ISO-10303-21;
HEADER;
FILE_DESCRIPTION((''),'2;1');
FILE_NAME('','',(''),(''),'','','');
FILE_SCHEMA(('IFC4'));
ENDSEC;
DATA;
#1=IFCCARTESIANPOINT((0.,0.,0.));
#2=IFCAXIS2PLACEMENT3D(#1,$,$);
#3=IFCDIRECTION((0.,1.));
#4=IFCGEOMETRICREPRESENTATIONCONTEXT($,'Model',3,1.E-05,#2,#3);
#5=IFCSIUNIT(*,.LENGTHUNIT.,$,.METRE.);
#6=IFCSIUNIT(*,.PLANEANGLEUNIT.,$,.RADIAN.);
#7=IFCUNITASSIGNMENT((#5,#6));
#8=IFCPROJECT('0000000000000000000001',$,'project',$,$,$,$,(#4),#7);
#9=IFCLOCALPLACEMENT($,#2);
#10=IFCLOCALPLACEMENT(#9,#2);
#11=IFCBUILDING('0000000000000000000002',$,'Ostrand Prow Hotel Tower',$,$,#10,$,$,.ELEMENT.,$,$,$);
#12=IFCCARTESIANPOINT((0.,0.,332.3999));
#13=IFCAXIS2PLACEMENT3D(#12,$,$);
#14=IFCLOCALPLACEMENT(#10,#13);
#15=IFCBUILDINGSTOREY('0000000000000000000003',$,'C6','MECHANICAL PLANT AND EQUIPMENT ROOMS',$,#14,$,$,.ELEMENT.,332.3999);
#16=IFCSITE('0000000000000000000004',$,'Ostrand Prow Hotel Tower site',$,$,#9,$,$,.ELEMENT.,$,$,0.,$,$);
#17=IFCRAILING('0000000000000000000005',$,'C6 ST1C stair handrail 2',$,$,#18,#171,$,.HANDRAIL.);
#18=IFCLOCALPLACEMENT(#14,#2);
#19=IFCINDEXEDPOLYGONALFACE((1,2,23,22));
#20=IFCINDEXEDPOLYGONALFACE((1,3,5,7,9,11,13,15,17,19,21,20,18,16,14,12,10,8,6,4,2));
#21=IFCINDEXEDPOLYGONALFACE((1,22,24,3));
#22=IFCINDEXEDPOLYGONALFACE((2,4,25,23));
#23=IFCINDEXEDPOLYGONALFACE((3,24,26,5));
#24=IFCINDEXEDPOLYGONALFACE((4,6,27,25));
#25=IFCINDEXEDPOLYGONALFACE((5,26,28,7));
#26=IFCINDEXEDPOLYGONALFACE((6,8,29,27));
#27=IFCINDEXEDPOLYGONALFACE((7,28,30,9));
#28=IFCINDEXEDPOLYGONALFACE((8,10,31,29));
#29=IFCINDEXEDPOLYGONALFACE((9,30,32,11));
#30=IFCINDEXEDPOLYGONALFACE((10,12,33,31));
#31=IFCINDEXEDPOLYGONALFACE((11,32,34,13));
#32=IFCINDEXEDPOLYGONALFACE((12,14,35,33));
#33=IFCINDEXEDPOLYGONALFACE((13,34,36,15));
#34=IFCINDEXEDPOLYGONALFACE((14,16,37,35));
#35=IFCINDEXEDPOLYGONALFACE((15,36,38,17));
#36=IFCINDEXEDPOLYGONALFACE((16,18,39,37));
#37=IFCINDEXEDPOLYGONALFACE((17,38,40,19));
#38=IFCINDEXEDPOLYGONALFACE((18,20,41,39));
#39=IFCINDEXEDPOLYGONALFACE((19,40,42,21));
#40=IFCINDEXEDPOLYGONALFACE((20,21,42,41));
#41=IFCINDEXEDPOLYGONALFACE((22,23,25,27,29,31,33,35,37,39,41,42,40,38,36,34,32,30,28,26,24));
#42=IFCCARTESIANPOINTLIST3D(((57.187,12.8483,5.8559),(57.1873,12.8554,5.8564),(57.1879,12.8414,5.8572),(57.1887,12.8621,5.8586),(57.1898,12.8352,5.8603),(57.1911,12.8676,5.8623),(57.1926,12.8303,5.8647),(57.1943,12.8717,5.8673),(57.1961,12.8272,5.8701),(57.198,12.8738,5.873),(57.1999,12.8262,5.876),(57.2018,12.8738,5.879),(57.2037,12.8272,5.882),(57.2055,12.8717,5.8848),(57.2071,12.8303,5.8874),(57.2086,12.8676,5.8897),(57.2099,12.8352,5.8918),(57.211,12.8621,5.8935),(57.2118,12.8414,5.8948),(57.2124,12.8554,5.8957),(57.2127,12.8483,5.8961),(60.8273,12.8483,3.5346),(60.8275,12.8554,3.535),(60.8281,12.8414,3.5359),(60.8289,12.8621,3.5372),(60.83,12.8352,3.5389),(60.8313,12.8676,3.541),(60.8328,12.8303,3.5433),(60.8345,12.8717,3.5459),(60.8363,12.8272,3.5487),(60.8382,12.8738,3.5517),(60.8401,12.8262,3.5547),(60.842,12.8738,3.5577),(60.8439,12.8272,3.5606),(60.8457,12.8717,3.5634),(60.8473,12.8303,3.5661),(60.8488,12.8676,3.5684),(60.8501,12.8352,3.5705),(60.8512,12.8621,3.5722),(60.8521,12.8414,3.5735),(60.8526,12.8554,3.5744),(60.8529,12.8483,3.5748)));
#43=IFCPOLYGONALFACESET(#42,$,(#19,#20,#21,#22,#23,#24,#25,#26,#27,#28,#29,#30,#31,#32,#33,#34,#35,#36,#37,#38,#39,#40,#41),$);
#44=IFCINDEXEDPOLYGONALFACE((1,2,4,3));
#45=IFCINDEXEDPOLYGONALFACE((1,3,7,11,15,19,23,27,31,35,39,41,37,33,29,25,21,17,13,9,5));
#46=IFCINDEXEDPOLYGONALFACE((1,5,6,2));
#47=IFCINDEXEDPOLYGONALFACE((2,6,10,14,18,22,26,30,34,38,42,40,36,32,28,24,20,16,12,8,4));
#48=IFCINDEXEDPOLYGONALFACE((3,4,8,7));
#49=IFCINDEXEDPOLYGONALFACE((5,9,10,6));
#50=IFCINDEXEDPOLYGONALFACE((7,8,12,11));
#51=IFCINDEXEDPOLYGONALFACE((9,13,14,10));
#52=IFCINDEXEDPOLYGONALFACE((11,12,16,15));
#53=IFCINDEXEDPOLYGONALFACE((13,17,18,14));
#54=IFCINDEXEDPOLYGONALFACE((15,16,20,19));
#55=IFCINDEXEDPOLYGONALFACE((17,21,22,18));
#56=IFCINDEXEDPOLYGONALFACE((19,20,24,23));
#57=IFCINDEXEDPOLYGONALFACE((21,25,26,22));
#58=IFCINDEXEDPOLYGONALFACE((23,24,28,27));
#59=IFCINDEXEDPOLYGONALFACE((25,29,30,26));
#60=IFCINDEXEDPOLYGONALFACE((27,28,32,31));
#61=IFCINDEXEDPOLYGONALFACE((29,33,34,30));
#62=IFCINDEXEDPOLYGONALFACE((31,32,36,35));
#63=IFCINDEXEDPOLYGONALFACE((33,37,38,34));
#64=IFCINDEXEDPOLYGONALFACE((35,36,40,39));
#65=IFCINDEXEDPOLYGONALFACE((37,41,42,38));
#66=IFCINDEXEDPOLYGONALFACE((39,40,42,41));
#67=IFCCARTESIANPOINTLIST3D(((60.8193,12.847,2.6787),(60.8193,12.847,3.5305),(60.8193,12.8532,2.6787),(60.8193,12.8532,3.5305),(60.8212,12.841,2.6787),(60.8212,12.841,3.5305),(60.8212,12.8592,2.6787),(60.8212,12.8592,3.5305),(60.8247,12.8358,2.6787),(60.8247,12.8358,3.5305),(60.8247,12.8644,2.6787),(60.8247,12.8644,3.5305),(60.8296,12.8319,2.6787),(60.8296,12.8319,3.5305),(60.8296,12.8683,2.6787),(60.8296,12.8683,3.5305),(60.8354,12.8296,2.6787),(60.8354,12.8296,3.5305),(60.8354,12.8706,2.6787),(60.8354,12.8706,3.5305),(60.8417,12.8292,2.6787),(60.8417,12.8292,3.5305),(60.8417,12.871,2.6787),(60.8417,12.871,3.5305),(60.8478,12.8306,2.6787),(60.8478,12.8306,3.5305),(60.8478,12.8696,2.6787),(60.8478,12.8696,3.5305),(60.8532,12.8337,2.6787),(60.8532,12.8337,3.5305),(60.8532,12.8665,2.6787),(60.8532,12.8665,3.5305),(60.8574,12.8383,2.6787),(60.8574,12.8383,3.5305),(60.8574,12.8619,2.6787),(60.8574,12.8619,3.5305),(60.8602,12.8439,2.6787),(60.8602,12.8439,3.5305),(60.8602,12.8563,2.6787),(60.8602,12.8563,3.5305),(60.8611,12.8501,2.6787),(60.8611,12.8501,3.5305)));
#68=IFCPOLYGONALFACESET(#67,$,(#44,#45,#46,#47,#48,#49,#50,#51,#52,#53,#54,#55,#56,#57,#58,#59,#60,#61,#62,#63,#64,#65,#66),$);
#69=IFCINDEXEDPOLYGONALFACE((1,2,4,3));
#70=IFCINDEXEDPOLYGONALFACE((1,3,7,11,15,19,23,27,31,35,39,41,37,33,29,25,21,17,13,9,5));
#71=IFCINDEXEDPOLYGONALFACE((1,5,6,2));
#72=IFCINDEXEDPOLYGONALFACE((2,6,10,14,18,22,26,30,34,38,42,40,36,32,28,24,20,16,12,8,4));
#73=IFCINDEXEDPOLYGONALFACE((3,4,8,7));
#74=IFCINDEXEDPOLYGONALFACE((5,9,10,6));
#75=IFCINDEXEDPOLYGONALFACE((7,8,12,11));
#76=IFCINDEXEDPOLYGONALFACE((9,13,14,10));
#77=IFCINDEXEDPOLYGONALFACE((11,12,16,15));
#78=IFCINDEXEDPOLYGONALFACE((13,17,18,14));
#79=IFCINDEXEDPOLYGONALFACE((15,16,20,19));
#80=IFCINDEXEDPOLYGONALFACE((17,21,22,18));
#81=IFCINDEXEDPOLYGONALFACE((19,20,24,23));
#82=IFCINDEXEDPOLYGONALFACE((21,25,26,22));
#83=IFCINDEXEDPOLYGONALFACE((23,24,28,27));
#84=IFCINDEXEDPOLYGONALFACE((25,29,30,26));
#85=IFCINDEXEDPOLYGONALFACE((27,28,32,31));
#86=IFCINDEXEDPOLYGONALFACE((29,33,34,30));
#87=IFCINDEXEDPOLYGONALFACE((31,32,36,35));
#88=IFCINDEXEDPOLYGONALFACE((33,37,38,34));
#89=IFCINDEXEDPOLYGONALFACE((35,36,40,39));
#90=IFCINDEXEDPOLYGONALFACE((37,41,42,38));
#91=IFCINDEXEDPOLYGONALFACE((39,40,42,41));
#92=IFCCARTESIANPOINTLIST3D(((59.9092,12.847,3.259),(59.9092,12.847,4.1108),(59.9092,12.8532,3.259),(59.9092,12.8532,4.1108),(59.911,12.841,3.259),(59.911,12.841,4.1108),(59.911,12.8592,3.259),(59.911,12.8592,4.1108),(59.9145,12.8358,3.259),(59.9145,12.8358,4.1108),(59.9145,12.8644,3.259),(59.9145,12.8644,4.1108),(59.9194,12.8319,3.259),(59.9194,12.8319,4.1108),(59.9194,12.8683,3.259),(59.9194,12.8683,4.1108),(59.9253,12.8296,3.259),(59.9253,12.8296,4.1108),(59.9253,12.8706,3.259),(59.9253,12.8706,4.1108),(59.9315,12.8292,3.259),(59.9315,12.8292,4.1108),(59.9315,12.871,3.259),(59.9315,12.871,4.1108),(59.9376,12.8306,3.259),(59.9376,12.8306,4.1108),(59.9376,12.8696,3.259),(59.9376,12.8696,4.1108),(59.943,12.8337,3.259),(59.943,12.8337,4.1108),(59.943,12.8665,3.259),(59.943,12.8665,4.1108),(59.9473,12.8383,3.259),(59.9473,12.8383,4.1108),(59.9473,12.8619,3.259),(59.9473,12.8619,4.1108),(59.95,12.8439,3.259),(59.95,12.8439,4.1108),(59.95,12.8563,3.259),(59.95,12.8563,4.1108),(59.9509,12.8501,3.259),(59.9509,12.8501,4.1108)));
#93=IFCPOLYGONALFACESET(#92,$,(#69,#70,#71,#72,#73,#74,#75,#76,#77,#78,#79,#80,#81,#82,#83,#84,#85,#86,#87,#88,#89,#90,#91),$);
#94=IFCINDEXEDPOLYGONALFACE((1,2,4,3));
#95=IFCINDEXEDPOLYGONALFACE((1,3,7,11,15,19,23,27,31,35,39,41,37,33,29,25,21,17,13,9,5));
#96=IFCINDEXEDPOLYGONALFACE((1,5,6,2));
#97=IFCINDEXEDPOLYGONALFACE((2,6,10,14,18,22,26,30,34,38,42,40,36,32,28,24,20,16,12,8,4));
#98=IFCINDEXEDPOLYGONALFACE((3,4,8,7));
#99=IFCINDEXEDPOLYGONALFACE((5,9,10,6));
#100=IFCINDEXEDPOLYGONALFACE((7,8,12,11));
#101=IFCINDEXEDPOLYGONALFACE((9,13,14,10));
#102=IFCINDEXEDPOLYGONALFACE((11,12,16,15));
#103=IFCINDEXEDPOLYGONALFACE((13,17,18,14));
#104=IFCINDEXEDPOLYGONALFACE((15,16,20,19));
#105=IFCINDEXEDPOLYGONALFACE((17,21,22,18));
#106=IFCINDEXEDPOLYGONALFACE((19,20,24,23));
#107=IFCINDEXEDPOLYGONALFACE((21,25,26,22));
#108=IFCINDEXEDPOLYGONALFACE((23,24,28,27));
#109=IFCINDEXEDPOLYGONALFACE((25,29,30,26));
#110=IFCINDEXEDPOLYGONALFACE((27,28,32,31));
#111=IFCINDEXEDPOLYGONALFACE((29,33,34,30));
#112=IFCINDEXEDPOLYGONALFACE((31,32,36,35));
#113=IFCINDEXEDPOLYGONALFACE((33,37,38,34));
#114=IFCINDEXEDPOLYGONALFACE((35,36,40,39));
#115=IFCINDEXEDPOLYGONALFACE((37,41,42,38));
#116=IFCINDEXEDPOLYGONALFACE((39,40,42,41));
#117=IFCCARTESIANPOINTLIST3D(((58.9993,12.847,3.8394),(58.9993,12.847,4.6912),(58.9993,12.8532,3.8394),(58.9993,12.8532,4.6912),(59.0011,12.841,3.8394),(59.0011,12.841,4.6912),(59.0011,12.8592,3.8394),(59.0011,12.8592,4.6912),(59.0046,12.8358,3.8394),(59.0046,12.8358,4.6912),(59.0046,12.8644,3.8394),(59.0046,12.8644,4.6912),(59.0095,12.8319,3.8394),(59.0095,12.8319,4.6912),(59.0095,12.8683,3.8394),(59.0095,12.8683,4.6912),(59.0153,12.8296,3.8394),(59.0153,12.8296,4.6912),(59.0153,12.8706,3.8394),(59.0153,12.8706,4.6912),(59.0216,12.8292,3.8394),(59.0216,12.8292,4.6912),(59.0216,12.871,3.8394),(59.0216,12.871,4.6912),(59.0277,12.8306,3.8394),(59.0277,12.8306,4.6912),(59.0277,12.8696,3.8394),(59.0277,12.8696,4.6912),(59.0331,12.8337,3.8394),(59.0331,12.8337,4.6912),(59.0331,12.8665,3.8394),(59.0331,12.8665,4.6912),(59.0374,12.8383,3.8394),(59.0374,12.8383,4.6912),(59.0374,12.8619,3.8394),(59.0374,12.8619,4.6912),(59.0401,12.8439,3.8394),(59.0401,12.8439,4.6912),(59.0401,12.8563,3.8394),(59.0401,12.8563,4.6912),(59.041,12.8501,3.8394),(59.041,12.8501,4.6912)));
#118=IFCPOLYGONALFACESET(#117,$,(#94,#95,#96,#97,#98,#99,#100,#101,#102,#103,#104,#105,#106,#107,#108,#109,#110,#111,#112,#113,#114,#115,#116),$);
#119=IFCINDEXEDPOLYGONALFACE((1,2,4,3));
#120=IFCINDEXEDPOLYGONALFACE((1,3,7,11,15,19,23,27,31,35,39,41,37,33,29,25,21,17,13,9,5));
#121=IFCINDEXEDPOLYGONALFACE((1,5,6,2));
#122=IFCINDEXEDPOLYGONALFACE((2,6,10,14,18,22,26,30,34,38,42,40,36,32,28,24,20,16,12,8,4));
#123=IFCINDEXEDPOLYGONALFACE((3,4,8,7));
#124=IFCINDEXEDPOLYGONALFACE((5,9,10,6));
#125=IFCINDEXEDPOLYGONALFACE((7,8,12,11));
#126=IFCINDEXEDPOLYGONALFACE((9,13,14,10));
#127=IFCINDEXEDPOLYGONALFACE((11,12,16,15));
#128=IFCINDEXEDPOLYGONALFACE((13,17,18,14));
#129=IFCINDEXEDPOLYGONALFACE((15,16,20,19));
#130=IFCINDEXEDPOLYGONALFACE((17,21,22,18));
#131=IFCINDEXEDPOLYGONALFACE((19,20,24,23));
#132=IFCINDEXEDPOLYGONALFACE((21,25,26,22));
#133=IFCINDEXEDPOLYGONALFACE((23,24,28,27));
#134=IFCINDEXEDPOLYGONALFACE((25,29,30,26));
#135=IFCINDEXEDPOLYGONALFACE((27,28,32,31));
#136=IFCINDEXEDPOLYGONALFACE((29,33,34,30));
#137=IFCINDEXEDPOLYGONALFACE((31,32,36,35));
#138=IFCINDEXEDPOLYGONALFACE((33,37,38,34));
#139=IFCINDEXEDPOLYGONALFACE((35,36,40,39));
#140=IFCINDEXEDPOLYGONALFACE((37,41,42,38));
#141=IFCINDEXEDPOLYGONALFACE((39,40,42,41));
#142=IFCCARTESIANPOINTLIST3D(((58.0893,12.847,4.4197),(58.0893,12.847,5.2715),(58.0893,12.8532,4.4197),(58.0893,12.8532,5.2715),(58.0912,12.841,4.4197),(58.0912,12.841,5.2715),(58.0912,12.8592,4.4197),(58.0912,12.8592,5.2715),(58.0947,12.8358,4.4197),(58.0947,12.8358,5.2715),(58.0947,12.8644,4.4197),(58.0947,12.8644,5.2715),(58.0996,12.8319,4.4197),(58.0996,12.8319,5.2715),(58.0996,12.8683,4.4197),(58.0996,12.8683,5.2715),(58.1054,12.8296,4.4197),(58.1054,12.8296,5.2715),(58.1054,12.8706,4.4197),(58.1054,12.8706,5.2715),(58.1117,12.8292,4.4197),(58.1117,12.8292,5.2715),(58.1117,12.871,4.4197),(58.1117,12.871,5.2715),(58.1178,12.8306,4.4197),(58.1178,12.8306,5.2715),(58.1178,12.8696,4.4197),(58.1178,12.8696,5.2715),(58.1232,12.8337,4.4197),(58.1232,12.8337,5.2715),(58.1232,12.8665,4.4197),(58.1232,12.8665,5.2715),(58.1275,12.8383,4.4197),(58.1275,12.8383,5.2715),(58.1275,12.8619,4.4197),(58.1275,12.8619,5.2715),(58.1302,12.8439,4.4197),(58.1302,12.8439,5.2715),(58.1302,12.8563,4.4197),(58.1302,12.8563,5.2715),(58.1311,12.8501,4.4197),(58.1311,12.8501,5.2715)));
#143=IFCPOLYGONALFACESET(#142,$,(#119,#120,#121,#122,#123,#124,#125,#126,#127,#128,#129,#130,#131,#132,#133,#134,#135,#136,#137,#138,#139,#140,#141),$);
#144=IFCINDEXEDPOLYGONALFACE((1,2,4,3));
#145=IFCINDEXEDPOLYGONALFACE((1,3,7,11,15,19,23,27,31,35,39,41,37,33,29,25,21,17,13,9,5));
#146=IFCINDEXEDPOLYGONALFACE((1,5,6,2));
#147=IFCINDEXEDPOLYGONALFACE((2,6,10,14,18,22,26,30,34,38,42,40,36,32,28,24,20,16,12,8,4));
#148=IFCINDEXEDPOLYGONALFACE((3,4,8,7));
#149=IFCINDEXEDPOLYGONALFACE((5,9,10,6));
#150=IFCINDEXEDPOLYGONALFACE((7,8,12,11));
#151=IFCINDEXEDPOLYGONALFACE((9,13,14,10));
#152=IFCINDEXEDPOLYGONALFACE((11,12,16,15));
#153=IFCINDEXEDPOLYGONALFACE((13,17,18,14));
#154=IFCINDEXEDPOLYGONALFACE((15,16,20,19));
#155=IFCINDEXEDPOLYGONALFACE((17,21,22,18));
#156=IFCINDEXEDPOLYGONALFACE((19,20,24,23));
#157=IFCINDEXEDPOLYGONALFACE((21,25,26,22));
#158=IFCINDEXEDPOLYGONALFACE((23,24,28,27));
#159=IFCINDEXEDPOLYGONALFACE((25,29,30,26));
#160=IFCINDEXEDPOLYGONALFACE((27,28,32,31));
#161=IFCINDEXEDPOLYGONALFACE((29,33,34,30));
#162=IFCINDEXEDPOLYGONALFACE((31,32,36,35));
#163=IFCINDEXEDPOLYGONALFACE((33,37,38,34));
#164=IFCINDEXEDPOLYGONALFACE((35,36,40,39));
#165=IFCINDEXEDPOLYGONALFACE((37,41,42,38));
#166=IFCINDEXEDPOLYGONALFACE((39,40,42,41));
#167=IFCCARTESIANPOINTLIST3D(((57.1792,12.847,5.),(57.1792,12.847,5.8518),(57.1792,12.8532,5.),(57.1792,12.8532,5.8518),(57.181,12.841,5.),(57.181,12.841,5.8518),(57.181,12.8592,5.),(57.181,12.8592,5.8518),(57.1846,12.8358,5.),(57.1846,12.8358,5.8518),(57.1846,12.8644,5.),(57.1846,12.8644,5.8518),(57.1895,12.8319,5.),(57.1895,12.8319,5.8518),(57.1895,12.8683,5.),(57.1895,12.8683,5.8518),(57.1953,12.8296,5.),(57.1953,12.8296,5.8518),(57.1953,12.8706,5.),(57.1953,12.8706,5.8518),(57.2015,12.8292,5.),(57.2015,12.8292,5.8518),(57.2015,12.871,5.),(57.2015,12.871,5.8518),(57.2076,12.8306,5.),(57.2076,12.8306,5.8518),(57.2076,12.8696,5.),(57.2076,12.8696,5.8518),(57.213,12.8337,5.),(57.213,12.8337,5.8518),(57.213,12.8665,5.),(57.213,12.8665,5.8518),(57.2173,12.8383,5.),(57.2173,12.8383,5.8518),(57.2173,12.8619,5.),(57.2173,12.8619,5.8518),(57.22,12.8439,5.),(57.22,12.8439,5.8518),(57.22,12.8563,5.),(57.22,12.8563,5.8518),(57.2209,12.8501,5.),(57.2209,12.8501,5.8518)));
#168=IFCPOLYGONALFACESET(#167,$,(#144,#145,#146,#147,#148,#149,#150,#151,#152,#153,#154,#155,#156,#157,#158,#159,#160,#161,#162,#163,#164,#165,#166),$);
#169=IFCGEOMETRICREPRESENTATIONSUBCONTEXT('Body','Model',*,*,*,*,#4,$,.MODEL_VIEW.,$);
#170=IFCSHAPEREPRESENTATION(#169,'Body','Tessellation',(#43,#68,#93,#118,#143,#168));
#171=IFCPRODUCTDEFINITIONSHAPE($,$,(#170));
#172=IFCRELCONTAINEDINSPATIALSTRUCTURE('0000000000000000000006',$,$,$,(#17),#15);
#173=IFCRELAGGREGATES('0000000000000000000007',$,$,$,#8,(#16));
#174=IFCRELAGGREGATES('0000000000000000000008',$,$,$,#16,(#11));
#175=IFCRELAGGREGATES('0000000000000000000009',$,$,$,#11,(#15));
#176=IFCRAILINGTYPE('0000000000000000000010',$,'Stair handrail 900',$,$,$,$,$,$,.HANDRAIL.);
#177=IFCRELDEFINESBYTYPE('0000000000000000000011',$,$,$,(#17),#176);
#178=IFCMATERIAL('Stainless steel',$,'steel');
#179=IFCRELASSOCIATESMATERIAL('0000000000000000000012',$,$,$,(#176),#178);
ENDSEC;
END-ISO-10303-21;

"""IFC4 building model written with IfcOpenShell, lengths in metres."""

from ifc_helpers import new_model, si_unit, direction, frame, origin, origin_2d, place, context, subcontext, project, spatial, circle, extrude, material, type_object, element, save


model = new_model("IFC4")

# Units and contexts
model_context = context("Model", 3, precision=1e-05, world=origin(), true_north=direction((0.0, 1.0)))
body_context = subcontext(model_context, "Body", "Model", "MODEL_VIEW")
ifc_project = project(units=[si_unit("LENGTHUNIT", "METRE"), si_unit("PLANEANGLEUNIT", "RADIAN")], contexts=[model_context])

# Site, building, storey
site_placement = place(None, origin())
site = spatial("IfcSite", under=ifc_project, at=site_placement, Name="Ostrand Prow Hotel Tower site", CompositionType="ELEMENT", RefElevation=0.0)
building_placement = place(site_placement, origin())
building = spatial("IfcBuilding", under=site, at=building_placement, Name="Ostrand Prow Hotel Tower", CompositionType="ELEMENT")
storey_placement = place(building_placement, frame((0.0, 0.0, 332.3999)))
storey = spatial("IfcBuildingStorey", under=building, at=storey_placement, Name="C6", Description="MECHANICAL PLANT AND EQUIPMENT ROOMS", CompositionType="ELEMENT", Elevation=332.3999)

# Railing
ifc_material_1 = material(Name="Stainless steel", Category="steel")
railing_type_1 = type_object("IfcRailingType", Name="Stair handrail 900", PredefinedType="HANDRAIL", material=ifc_material_1)
railing_1_placement = place(storey_placement, frame((60.8401, 12.8501, 2.6787)))
element("IfcRailing", 1, at=railing_1_placement, inside=storey, type_object=railing_type_1, Name="C6 ST1C stair handrail 2", PredefinedType="HANDRAIL", context=body_context, shape_type="SweptSolid", body=[
    extrude(circle(Radius=0.0239, at=origin_2d()), frame((0.0, 0.0, 0.876), z_axis=(-0.843153, 0.0, 0.537673), x_axis=(0.0, -1.0, 0.0)), (0.0, 0.0, 1.0), 4.3174),
    extrude(circle(Radius=0.021, at=origin_2d()), origin(), (0.0, 0.0, 1.0), 0.8518),
    extrude(circle(Radius=0.021, at=origin_2d()), frame((-0.9102, 0.0, 0.5803)), (0.0, 0.0, 1.0), 0.8518),
    extrude(circle(Radius=0.021, at=origin_2d()), frame((-1.8201, 0.0, 1.1606)), (0.0, 0.0, 1.0), 0.8518),
    extrude(circle(Radius=0.021, at=origin_2d()), frame((-2.73, 0.0, 1.741)), (0.0, 0.0, 1.0), 0.8518),
    extrude(circle(Radius=0.021, at=origin_2d()), frame((-3.6401, 0.0, 2.3213)), (0.0, 0.0, 1.0), 0.8518),
])

save(model, "model.ifc")
